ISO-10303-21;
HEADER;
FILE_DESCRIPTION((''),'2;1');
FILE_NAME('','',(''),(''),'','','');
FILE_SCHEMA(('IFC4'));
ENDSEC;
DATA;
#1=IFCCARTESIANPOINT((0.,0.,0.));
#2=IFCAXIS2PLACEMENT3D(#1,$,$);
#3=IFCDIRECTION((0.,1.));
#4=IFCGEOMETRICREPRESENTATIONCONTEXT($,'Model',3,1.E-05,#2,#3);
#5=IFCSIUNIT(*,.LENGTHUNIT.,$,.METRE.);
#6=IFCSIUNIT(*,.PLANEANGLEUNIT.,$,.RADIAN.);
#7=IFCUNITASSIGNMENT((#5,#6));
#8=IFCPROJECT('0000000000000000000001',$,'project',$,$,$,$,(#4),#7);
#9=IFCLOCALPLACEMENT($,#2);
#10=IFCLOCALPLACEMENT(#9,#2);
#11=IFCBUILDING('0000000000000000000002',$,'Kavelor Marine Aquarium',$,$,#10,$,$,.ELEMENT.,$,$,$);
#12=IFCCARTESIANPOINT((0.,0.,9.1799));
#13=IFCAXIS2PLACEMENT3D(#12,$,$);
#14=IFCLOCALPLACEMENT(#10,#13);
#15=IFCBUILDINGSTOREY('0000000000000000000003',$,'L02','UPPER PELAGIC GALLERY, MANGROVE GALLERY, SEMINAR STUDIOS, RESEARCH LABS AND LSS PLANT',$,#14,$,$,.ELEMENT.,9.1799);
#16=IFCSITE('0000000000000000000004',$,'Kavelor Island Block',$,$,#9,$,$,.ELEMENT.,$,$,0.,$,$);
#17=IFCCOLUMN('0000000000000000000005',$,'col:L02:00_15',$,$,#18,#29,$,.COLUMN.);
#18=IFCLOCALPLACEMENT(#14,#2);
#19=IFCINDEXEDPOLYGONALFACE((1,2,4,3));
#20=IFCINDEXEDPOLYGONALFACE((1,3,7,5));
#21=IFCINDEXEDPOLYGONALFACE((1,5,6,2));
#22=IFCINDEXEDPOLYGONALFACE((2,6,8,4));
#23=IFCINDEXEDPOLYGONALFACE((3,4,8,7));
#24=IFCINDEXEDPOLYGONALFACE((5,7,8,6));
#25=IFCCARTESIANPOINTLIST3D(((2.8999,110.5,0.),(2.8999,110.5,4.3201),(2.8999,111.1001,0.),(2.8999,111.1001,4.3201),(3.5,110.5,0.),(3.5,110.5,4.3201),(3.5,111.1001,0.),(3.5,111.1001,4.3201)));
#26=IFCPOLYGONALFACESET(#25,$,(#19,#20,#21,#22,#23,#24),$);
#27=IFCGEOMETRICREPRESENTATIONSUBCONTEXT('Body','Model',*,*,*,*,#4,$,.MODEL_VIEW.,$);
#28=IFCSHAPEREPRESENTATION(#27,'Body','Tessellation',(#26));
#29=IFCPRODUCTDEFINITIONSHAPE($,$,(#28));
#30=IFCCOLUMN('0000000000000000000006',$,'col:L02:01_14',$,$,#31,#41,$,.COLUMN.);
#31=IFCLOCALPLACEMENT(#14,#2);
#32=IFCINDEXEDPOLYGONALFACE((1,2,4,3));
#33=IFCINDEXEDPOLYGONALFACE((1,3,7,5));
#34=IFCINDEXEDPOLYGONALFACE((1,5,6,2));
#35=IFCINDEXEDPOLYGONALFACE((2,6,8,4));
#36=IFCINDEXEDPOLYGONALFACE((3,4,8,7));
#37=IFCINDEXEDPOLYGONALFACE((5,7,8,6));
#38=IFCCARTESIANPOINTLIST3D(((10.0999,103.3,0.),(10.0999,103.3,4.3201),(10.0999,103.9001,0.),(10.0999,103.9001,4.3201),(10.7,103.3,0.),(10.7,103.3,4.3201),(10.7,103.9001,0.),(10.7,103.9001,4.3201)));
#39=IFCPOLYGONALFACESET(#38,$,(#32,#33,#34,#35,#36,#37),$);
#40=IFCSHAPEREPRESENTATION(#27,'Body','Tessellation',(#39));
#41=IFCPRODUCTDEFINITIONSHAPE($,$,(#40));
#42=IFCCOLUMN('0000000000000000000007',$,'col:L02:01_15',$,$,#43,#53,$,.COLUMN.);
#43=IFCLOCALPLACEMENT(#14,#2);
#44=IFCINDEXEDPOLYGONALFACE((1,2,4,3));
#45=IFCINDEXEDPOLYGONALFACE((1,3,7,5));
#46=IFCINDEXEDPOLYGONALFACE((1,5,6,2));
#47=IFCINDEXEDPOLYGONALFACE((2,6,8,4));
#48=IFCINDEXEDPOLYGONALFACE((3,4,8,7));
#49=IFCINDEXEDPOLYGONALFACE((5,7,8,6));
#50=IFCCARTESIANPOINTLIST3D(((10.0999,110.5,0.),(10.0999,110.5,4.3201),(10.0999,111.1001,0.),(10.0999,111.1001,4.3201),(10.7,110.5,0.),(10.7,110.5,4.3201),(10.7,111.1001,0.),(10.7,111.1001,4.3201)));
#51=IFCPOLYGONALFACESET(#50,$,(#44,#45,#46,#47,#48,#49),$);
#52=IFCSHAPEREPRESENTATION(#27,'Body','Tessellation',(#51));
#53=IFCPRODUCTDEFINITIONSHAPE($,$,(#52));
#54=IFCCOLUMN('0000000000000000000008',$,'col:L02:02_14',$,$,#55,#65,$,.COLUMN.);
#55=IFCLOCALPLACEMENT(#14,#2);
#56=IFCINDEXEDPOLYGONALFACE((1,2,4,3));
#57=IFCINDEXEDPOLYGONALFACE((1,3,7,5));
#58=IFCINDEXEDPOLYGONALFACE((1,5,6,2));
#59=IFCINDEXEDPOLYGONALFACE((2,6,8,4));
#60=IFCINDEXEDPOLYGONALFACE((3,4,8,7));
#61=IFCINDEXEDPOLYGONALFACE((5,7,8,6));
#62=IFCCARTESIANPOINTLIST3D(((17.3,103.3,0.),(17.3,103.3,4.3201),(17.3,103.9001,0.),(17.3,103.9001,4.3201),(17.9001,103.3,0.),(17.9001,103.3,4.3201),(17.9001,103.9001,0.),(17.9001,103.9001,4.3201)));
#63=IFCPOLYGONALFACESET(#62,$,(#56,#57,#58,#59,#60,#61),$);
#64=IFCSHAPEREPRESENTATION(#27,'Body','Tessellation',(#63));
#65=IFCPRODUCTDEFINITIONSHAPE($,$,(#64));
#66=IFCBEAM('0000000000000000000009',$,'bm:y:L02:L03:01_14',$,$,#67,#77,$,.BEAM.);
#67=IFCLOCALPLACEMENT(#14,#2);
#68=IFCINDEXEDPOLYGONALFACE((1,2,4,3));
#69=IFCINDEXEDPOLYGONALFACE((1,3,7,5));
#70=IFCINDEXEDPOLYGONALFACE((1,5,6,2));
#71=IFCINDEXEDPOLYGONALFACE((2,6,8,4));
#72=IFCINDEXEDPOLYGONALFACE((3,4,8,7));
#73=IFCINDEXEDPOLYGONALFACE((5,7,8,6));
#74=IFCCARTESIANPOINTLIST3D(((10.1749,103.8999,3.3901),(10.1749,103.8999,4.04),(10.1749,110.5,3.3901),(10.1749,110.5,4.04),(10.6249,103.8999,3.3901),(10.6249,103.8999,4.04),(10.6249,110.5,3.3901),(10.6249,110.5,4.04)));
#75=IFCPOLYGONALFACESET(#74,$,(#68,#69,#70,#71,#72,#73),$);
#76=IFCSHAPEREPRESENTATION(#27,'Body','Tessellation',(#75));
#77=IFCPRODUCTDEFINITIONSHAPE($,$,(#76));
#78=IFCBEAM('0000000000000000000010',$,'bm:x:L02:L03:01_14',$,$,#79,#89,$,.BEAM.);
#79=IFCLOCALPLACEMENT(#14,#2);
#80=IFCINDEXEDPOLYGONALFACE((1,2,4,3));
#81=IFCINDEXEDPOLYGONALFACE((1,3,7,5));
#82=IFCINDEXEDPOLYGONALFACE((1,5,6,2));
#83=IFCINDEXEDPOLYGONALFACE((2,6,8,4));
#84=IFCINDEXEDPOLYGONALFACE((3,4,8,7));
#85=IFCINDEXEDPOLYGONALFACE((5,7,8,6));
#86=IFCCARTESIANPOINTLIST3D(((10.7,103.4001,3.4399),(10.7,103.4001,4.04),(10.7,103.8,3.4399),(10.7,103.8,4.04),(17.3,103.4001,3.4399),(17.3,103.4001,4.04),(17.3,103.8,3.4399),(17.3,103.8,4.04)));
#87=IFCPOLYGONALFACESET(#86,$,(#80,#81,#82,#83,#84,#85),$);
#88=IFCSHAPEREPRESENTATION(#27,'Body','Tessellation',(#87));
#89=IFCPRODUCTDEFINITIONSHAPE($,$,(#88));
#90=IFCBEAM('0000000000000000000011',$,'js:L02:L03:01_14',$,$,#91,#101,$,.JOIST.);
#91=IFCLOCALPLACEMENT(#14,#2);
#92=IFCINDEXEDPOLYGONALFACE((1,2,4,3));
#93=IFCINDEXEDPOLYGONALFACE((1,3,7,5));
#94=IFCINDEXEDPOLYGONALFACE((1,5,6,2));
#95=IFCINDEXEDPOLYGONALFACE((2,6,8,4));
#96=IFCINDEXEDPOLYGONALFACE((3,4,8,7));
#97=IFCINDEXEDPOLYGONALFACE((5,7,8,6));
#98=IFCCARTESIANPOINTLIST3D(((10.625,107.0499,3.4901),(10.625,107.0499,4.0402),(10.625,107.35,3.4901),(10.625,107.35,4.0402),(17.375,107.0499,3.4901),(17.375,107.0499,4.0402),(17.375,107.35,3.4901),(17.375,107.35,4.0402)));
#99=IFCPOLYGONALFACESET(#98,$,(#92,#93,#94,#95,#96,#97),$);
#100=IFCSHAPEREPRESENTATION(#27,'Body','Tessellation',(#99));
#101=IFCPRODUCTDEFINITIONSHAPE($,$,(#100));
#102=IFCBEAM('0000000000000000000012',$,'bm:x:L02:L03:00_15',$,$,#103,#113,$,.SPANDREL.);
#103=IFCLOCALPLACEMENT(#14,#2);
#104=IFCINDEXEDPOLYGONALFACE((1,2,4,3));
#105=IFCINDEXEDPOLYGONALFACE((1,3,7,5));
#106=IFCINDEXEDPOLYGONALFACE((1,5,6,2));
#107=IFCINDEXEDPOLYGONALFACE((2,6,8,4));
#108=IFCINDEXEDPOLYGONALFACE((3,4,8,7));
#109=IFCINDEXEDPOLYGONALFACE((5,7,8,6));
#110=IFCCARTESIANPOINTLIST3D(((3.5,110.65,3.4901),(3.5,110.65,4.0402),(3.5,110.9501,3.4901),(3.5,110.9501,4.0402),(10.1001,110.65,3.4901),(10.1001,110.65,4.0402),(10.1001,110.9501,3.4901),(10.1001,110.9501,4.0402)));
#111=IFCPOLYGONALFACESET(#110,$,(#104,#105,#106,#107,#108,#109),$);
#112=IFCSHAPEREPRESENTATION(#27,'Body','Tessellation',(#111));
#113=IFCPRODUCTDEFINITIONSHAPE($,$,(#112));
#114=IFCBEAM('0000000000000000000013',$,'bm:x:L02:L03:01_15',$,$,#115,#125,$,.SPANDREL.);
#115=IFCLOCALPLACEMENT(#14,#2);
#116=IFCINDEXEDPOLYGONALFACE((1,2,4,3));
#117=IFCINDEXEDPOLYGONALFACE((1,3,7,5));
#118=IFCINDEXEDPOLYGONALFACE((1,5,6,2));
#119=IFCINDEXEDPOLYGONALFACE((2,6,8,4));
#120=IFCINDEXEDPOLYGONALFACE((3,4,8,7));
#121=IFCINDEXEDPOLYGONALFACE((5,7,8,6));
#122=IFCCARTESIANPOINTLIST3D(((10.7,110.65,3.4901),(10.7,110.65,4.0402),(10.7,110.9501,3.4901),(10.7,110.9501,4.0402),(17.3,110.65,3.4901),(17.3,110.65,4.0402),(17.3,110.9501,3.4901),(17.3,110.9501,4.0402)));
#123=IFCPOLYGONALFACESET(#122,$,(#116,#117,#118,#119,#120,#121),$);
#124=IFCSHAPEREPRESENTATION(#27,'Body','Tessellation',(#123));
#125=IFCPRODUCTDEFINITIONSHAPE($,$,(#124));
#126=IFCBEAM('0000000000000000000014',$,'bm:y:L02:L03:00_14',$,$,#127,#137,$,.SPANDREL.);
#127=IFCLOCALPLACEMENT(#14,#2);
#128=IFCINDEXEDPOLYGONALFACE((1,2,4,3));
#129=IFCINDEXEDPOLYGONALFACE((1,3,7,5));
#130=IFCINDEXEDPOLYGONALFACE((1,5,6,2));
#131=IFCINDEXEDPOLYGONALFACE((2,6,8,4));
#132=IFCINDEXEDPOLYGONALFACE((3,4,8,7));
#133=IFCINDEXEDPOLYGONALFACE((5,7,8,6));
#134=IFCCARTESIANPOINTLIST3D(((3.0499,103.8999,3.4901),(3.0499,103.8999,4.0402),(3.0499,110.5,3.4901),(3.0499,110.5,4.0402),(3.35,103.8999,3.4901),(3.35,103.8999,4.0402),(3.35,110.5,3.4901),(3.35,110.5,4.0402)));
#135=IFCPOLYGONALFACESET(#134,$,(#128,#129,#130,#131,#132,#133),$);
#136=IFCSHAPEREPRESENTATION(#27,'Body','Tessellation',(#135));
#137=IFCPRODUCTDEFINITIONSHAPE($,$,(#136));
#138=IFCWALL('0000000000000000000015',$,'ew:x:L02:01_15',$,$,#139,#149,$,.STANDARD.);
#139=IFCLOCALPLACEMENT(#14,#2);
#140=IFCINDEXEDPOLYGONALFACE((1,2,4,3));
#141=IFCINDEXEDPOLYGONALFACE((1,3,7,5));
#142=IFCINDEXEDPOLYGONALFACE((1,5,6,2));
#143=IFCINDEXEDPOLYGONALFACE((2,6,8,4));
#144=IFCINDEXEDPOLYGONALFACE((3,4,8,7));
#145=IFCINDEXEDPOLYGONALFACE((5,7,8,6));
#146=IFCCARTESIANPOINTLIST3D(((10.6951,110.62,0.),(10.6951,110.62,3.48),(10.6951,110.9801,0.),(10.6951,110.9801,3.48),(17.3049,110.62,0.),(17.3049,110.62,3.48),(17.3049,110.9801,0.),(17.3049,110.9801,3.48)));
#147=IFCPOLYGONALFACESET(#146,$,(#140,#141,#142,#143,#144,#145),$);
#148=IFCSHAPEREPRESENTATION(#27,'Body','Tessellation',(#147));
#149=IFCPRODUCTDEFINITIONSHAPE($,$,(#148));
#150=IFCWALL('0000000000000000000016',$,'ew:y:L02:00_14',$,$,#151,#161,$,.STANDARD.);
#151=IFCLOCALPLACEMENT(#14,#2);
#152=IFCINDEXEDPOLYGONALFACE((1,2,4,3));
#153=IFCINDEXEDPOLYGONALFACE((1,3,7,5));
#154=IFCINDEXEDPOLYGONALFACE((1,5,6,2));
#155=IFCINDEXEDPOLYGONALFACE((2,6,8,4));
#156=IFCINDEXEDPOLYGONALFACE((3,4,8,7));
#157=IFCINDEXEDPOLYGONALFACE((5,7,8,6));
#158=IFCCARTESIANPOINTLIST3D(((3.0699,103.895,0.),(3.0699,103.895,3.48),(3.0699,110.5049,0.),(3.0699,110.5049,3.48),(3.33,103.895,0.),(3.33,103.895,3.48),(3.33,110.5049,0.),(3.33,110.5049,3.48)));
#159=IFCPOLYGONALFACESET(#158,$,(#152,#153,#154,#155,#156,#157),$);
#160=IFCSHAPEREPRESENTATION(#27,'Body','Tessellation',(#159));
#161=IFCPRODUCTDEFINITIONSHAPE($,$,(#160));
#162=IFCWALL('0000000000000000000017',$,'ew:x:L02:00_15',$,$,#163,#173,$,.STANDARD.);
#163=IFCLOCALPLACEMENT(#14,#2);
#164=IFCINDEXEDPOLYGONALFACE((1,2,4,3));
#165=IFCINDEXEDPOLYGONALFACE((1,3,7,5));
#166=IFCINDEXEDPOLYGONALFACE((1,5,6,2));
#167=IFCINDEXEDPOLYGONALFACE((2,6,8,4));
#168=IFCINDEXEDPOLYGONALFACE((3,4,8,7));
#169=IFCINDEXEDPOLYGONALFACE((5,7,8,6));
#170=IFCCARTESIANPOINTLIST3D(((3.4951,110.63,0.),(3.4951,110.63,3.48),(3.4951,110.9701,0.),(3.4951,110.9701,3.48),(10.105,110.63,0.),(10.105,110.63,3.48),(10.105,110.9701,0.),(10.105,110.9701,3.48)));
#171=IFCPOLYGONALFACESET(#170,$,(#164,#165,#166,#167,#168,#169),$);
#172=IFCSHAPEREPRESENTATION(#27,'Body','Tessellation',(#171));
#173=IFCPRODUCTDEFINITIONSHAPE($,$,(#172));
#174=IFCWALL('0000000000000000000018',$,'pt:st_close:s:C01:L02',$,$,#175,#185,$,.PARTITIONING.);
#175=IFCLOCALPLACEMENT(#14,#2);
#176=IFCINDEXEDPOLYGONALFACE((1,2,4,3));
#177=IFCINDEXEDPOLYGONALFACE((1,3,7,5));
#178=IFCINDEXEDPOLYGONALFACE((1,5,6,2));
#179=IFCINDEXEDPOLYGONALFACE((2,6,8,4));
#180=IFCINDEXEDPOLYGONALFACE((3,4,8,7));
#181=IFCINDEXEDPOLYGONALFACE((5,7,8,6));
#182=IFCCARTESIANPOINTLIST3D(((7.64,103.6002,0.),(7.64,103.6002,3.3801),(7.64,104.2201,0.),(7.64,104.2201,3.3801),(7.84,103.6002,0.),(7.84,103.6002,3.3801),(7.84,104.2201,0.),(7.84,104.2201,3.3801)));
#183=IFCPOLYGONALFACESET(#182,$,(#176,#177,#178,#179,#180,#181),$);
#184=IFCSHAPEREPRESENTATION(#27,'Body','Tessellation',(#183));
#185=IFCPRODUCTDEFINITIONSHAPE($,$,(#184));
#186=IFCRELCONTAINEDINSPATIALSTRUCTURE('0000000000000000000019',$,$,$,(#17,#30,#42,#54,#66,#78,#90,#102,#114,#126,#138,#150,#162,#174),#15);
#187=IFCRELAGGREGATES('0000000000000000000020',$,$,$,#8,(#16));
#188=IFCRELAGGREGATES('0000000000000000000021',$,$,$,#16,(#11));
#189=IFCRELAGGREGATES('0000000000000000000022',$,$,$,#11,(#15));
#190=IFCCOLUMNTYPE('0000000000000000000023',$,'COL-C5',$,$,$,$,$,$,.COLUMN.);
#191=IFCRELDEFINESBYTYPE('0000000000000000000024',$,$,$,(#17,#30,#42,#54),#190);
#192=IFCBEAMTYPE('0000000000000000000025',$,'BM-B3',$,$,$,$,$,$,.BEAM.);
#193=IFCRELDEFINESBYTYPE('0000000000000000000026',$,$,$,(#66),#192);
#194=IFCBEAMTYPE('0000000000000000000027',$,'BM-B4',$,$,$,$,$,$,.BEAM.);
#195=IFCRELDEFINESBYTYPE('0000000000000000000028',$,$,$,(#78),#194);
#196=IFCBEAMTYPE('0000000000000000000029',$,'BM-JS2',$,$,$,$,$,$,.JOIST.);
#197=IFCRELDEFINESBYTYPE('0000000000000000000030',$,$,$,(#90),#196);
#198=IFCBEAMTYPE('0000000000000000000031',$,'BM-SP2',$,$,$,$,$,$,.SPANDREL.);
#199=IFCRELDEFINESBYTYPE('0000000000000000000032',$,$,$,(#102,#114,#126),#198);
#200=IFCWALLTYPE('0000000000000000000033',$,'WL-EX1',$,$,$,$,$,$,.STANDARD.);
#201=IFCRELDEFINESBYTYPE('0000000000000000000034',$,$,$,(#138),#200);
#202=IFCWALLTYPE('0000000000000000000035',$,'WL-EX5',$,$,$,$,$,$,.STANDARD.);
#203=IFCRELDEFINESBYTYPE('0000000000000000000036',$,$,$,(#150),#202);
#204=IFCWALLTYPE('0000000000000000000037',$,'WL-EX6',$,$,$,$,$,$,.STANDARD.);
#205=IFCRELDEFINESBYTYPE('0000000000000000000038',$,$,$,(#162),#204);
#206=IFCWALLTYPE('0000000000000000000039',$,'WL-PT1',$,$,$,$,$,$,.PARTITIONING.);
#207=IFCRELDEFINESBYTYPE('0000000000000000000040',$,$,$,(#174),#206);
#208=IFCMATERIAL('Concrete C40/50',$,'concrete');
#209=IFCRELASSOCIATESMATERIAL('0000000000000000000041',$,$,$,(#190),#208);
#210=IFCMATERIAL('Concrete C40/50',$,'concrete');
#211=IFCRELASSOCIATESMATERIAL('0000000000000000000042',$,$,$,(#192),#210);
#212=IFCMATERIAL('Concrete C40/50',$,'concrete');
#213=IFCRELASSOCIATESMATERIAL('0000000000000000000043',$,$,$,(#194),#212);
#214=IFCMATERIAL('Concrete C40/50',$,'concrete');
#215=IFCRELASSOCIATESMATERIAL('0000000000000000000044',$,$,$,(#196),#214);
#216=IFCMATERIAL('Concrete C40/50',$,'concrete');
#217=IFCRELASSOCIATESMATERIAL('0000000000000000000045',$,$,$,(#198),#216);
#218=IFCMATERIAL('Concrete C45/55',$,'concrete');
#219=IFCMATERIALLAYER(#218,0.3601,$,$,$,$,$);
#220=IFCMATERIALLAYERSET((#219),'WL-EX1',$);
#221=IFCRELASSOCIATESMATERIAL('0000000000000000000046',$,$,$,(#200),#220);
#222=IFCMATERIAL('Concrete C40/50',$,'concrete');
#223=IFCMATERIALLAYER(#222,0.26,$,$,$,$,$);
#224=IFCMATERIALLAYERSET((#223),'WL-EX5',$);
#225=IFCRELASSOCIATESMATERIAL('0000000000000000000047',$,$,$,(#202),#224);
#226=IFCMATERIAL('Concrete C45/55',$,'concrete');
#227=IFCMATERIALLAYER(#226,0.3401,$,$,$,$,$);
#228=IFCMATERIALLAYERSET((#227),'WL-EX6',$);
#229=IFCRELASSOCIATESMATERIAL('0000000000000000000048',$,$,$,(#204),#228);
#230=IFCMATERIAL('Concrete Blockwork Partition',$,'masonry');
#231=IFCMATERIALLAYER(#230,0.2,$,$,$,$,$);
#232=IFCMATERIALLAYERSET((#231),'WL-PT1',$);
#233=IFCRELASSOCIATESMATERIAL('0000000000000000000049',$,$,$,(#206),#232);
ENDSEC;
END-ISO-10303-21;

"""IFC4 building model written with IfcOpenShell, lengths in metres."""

from ifc_helpers import new_model, si_unit, direction, frame, frame_2d, origin, origin_2d, place, context, subcontext, project, spatial, rectangle, extrude, material, layer, layer_set, material_profile, profile_set, type_object, element, save


model = new_model("IFC4")

# Units and contexts
model_context = context("Model", 3, precision=1e-05, world=origin(), true_north=direction((0.0, 1.0)))
body_context = subcontext(model_context, "Body", "Model", "MODEL_VIEW")
ifc_project = project(units=[si_unit("LENGTHUNIT", "METRE"), si_unit("PLANEANGLEUNIT", "RADIAN")], contexts=[model_context])

# Site, building, storey
site_placement = place(None, origin())
site = spatial("IfcSite", under=ifc_project, at=site_placement, Name="Kavelor Island Block", CompositionType="ELEMENT", RefElevation=0.0)
building_placement = place(site_placement, origin())
building = spatial("IfcBuilding", under=site, at=building_placement, Name="Kavelor Marine Aquarium", CompositionType="ELEMENT")
storey_placement = place(building_placement, frame((0.0, 0.0, 9.1799)))
storey = spatial("IfcBuildingStorey", under=building, at=storey_placement, Name="L02", Description="UPPER PELAGIC GALLERY, MANGROVE GALLERY, SEMINAR STUDIOS, RESEARCH LABS AND LSS PLANT", CompositionType="ELEMENT", Elevation=9.1799)

# Columns
ifc_material_1 = material(Name="Concrete C40/50", Category="concrete")
ifc_material_profile_1 = material_profile(ifc_material_1, rectangle(XDim=0.6001, YDim=0.6001, at=origin_2d()), Name="RC-COL 600x600")
ifc_profile_set_1 = profile_set([ifc_material_profile_1], Name="Concrete C40/50")
column_type = type_object("IfcColumnType", Name="COL-C5", PredefinedType="COLUMN", material=ifc_profile_set_1)
for number, where, z_axis, x_axis, name in (
    (1, (3.2, 110.8, 0.0), (0.0, 0.0, 1.0), (1.0, 0.0, 0.0), "col:L02:00_15"),
    (2, (10.3999, 103.6001, 0.0), (0.0, 0.0, 1.0), (1.0, 0.0, 0.0), "col:L02:01_14"),
    (3, (10.3999, 110.8, 0.0), (0.0, 0.0, 1.0), (1.0, 0.0, 0.0), "col:L02:01_15"),
    (4, (17.6001, 103.6001, 0.0), (0.0, 0.0, 1.0), (1.0, 0.0, 0.0), "col:L02:02_14"),
):
    element("IfcColumn", number, at=place(storey_placement, frame(where, z_axis=z_axis, x_axis=x_axis)), inside=storey, type_object=column_type, Name=name, PredefinedType="COLUMN", context=body_context, shape_type="SweptSolid", body=[
        extrude(rectangle(XDim=0.6001, YDim=0.6001, at=origin_2d()), origin(), (0.0, 0.0, 1.0), 4.3201),
    ])

# Beams
ifc_material_2 = material(Name="Concrete C40/50", Category="concrete")
ifc_material_profile_2 = material_profile(ifc_material_2, rectangle(XDim=0.45, YDim=0.6499, at=origin_2d()), Name="RC-BM 450x650")
ifc_profile_set_2 = profile_set([ifc_material_profile_2], Name="Concrete C40/50")
beam_type_1 = type_object("IfcBeamType", Name="BM-B3", PredefinedType="BEAM", material=ifc_profile_set_2)
beam_1_placement = place(storey_placement, frame((10.3999, 103.8999, 3.7151), z_axis=(0.0, 1.0, 0.0), x_axis=(-1.0, 0.0, 0.0)))
element("IfcBeam", 5, at=beam_1_placement, inside=storey, type_object=beam_type_1, Name="bm:y:L02:L03:01_14", PredefinedType="BEAM", context=body_context, shape_type="SweptSolid", body=[
    extrude(rectangle(XDim=0.45, YDim=0.6499, at=origin_2d()), origin(), (0.0, 0.0, 1.0), 6.6001),
])
ifc_material_3 = material(Name="Concrete C40/50", Category="concrete")
ifc_material_profile_3 = material_profile(ifc_material_3, rectangle(XDim=0.3999, YDim=0.6001, at=origin_2d()), Name="RC-BM 400x600")
ifc_profile_set_3 = profile_set([ifc_material_profile_3], Name="Concrete C40/50")
beam_type_2 = type_object("IfcBeamType", Name="BM-B4", PredefinedType="BEAM", material=ifc_profile_set_3)
beam_2_placement = place(storey_placement, frame((10.7, 103.6001, 3.74), z_axis=(1.0, 0.0, 0.0), x_axis=(0.0, 1.0, 0.0)))
element("IfcBeam", 6, at=beam_2_placement, inside=storey, type_object=beam_type_2, Name="bm:x:L02:L03:01_14", PredefinedType="BEAM", context=body_context, shape_type="SweptSolid", body=[
    extrude(rectangle(XDim=0.3999, YDim=0.6001, at=origin_2d()), origin(), (0.0, 0.0, 1.0), 6.6001),
])
ifc_material_4 = material(Name="Concrete C40/50", Category="concrete")
ifc_material_profile_4 = material_profile(ifc_material_4, rectangle(XDim=0.3, YDim=0.55, at=origin_2d()), Name="RC-JS 300x550")
ifc_profile_set_4 = profile_set([ifc_material_profile_4], Name="Concrete C40/50")
beam_type_3 = type_object("IfcBeamType", Name="BM-JS2", PredefinedType="JOIST", material=ifc_profile_set_4)
beam_3_placement = place(storey_placement, frame((10.625, 107.2, 3.7651), z_axis=(1.0, 0.0, 0.0), x_axis=(0.0, 1.0, 0.0)))
element("IfcBeam", 7, at=beam_3_placement, inside=storey, type_object=beam_type_3, Name="js:L02:L03:01_14", PredefinedType="JOIST", context=body_context, shape_type="SweptSolid", body=[
    extrude(rectangle(XDim=0.3, YDim=0.55, at=origin_2d()), origin(), (0.0, 0.0, 1.0), 6.75),
])
ifc_material_5 = material(Name="Concrete C40/50", Category="concrete")
ifc_material_profile_5 = material_profile(ifc_material_5, rectangle(XDim=0.3, YDim=0.55, at=origin_2d()), Name="RC-SP 300x550")
ifc_profile_set_5 = profile_set([ifc_material_profile_5], Name="Concrete C40/50")
beam_type_4 = type_object("IfcBeamType", Name="BM-SP2", PredefinedType="SPANDREL", material=ifc_profile_set_5)
for number, where, z_axis, x_axis, name in (
    (8, (3.5, 110.8, 3.7651), (1.0, 0.0, 0.0), (0.0, 1.0, 0.0), "bm:x:L02:L03:00_15"),
    (9, (10.7, 110.8, 3.7651), (1.0, 0.0, 0.0), (0.0, 1.0, 0.0), "bm:x:L02:L03:01_15"),
    (10, (3.2, 103.8999, 3.7651), (0.0, 1.0, 0.0), (-1.0, 0.0, 0.0), "bm:y:L02:L03:00_14"),
):
    element("IfcBeam", number, at=place(storey_placement, frame(where, z_axis=z_axis, x_axis=x_axis)), inside=storey, type_object=beam_type_4, Name=name, PredefinedType="SPANDREL", context=body_context, shape_type="SweptSolid", body=[
        extrude(rectangle(XDim=0.3, YDim=0.55, at=origin_2d()), origin(), (0.0, 0.0, 1.0), 6.6001),
    ])

# Walls
ifc_material_6 = material(Name="Concrete C45/55", Category="concrete")
ifc_layer_1 = layer(ifc_material_6, 0.3601)
ifc_layer_set_1 = layer_set([ifc_layer_1], Name="WL-EX1")
wall_type_1 = type_object("IfcWallType", Name="WL-EX1", PredefinedType="STANDARD", material=ifc_layer_set_1)
wall_1_placement = place(storey_placement, frame((10.6951, 110.8, 0.0), z_axis=(0.0, 0.0, 1.0), x_axis=(1.0, 0.0, 0.0)))
element("IfcWall", 11, at=wall_1_placement, inside=storey, type_object=wall_type_1, Name="ew:x:L02:01_15", PredefinedType="STANDARD", context=body_context, shape_type="SweptSolid", body=[
    extrude(rectangle(XDim=6.6099, YDim=0.3601, at=frame_2d((3.3049, 0.0))), origin(), (0.0, 0.0, 1.0), 3.48),
])
ifc_material_7 = material(Name="Concrete C40/50", Category="concrete")
ifc_layer_2 = layer(ifc_material_7, 0.26)
ifc_layer_set_2 = layer_set([ifc_layer_2], Name="WL-EX5")
wall_type_2 = type_object("IfcWallType", Name="WL-EX5", PredefinedType="STANDARD", material=ifc_layer_set_2)
wall_2_placement = place(storey_placement, frame((3.2, 103.895, 0.0), z_axis=(0.0, 0.0, 1.0), x_axis=(0.0, 1.0, 0.0)))
element("IfcWall", 12, at=wall_2_placement, inside=storey, type_object=wall_type_2, Name="ew:y:L02:00_14", PredefinedType="STANDARD", context=body_context, shape_type="SweptSolid", body=[
    extrude(rectangle(XDim=6.6099, YDim=0.26, at=frame_2d((3.3049, 0.0))), origin(), (0.0, 0.0, 1.0), 3.48),
])
ifc_material_8 = material(Name="Concrete C45/55", Category="concrete")
ifc_layer_3 = layer(ifc_material_8, 0.3401)
ifc_layer_set_3 = layer_set([ifc_layer_3], Name="WL-EX6")
wall_type_3 = type_object("IfcWallType", Name="WL-EX6", PredefinedType="STANDARD", material=ifc_layer_set_3)
wall_3_placement = place(storey_placement, frame((3.4951, 110.8, 0.0), z_axis=(0.0, 0.0, 1.0), x_axis=(1.0, 0.0, 0.0)))
element("IfcWall", 13, at=wall_3_placement, inside=storey, type_object=wall_type_3, Name="ew:x:L02:00_15", PredefinedType="STANDARD", context=body_context, shape_type="SweptSolid", body=[
    extrude(rectangle(XDim=6.6099, YDim=0.3401, at=frame_2d((3.3049, 0.0))), origin(), (0.0, 0.0, 1.0), 3.48),
])
ifc_material_9 = material(Name="Concrete Blockwork Partition", Category="masonry")
ifc_layer_4 = layer(ifc_material_9, 0.2)
ifc_layer_set_4 = layer_set([ifc_layer_4], Name="WL-PT1")
wall_type_4 = type_object("IfcWallType", Name="WL-PT1", PredefinedType="PARTITIONING", material=ifc_layer_set_4)
wall_4_placement = place(storey_placement, frame((7.74, 103.6001, 0.0), z_axis=(0.0, 0.0, 1.0), x_axis=(0.0, 1.0, 0.0)))
element("IfcWall", 14, at=wall_4_placement, inside=storey, type_object=wall_type_4, Name="pt:st_close:s:C01:L02", PredefinedType="PARTITIONING", context=body_context, shape_type="SweptSolid", body=[
    extrude(rectangle(XDim=0.6199, YDim=0.2, at=frame_2d((0.3101, 0.0))), origin(), (0.0, 0.0, 1.0), 3.3801),
])

save(model, "model.ifc")
